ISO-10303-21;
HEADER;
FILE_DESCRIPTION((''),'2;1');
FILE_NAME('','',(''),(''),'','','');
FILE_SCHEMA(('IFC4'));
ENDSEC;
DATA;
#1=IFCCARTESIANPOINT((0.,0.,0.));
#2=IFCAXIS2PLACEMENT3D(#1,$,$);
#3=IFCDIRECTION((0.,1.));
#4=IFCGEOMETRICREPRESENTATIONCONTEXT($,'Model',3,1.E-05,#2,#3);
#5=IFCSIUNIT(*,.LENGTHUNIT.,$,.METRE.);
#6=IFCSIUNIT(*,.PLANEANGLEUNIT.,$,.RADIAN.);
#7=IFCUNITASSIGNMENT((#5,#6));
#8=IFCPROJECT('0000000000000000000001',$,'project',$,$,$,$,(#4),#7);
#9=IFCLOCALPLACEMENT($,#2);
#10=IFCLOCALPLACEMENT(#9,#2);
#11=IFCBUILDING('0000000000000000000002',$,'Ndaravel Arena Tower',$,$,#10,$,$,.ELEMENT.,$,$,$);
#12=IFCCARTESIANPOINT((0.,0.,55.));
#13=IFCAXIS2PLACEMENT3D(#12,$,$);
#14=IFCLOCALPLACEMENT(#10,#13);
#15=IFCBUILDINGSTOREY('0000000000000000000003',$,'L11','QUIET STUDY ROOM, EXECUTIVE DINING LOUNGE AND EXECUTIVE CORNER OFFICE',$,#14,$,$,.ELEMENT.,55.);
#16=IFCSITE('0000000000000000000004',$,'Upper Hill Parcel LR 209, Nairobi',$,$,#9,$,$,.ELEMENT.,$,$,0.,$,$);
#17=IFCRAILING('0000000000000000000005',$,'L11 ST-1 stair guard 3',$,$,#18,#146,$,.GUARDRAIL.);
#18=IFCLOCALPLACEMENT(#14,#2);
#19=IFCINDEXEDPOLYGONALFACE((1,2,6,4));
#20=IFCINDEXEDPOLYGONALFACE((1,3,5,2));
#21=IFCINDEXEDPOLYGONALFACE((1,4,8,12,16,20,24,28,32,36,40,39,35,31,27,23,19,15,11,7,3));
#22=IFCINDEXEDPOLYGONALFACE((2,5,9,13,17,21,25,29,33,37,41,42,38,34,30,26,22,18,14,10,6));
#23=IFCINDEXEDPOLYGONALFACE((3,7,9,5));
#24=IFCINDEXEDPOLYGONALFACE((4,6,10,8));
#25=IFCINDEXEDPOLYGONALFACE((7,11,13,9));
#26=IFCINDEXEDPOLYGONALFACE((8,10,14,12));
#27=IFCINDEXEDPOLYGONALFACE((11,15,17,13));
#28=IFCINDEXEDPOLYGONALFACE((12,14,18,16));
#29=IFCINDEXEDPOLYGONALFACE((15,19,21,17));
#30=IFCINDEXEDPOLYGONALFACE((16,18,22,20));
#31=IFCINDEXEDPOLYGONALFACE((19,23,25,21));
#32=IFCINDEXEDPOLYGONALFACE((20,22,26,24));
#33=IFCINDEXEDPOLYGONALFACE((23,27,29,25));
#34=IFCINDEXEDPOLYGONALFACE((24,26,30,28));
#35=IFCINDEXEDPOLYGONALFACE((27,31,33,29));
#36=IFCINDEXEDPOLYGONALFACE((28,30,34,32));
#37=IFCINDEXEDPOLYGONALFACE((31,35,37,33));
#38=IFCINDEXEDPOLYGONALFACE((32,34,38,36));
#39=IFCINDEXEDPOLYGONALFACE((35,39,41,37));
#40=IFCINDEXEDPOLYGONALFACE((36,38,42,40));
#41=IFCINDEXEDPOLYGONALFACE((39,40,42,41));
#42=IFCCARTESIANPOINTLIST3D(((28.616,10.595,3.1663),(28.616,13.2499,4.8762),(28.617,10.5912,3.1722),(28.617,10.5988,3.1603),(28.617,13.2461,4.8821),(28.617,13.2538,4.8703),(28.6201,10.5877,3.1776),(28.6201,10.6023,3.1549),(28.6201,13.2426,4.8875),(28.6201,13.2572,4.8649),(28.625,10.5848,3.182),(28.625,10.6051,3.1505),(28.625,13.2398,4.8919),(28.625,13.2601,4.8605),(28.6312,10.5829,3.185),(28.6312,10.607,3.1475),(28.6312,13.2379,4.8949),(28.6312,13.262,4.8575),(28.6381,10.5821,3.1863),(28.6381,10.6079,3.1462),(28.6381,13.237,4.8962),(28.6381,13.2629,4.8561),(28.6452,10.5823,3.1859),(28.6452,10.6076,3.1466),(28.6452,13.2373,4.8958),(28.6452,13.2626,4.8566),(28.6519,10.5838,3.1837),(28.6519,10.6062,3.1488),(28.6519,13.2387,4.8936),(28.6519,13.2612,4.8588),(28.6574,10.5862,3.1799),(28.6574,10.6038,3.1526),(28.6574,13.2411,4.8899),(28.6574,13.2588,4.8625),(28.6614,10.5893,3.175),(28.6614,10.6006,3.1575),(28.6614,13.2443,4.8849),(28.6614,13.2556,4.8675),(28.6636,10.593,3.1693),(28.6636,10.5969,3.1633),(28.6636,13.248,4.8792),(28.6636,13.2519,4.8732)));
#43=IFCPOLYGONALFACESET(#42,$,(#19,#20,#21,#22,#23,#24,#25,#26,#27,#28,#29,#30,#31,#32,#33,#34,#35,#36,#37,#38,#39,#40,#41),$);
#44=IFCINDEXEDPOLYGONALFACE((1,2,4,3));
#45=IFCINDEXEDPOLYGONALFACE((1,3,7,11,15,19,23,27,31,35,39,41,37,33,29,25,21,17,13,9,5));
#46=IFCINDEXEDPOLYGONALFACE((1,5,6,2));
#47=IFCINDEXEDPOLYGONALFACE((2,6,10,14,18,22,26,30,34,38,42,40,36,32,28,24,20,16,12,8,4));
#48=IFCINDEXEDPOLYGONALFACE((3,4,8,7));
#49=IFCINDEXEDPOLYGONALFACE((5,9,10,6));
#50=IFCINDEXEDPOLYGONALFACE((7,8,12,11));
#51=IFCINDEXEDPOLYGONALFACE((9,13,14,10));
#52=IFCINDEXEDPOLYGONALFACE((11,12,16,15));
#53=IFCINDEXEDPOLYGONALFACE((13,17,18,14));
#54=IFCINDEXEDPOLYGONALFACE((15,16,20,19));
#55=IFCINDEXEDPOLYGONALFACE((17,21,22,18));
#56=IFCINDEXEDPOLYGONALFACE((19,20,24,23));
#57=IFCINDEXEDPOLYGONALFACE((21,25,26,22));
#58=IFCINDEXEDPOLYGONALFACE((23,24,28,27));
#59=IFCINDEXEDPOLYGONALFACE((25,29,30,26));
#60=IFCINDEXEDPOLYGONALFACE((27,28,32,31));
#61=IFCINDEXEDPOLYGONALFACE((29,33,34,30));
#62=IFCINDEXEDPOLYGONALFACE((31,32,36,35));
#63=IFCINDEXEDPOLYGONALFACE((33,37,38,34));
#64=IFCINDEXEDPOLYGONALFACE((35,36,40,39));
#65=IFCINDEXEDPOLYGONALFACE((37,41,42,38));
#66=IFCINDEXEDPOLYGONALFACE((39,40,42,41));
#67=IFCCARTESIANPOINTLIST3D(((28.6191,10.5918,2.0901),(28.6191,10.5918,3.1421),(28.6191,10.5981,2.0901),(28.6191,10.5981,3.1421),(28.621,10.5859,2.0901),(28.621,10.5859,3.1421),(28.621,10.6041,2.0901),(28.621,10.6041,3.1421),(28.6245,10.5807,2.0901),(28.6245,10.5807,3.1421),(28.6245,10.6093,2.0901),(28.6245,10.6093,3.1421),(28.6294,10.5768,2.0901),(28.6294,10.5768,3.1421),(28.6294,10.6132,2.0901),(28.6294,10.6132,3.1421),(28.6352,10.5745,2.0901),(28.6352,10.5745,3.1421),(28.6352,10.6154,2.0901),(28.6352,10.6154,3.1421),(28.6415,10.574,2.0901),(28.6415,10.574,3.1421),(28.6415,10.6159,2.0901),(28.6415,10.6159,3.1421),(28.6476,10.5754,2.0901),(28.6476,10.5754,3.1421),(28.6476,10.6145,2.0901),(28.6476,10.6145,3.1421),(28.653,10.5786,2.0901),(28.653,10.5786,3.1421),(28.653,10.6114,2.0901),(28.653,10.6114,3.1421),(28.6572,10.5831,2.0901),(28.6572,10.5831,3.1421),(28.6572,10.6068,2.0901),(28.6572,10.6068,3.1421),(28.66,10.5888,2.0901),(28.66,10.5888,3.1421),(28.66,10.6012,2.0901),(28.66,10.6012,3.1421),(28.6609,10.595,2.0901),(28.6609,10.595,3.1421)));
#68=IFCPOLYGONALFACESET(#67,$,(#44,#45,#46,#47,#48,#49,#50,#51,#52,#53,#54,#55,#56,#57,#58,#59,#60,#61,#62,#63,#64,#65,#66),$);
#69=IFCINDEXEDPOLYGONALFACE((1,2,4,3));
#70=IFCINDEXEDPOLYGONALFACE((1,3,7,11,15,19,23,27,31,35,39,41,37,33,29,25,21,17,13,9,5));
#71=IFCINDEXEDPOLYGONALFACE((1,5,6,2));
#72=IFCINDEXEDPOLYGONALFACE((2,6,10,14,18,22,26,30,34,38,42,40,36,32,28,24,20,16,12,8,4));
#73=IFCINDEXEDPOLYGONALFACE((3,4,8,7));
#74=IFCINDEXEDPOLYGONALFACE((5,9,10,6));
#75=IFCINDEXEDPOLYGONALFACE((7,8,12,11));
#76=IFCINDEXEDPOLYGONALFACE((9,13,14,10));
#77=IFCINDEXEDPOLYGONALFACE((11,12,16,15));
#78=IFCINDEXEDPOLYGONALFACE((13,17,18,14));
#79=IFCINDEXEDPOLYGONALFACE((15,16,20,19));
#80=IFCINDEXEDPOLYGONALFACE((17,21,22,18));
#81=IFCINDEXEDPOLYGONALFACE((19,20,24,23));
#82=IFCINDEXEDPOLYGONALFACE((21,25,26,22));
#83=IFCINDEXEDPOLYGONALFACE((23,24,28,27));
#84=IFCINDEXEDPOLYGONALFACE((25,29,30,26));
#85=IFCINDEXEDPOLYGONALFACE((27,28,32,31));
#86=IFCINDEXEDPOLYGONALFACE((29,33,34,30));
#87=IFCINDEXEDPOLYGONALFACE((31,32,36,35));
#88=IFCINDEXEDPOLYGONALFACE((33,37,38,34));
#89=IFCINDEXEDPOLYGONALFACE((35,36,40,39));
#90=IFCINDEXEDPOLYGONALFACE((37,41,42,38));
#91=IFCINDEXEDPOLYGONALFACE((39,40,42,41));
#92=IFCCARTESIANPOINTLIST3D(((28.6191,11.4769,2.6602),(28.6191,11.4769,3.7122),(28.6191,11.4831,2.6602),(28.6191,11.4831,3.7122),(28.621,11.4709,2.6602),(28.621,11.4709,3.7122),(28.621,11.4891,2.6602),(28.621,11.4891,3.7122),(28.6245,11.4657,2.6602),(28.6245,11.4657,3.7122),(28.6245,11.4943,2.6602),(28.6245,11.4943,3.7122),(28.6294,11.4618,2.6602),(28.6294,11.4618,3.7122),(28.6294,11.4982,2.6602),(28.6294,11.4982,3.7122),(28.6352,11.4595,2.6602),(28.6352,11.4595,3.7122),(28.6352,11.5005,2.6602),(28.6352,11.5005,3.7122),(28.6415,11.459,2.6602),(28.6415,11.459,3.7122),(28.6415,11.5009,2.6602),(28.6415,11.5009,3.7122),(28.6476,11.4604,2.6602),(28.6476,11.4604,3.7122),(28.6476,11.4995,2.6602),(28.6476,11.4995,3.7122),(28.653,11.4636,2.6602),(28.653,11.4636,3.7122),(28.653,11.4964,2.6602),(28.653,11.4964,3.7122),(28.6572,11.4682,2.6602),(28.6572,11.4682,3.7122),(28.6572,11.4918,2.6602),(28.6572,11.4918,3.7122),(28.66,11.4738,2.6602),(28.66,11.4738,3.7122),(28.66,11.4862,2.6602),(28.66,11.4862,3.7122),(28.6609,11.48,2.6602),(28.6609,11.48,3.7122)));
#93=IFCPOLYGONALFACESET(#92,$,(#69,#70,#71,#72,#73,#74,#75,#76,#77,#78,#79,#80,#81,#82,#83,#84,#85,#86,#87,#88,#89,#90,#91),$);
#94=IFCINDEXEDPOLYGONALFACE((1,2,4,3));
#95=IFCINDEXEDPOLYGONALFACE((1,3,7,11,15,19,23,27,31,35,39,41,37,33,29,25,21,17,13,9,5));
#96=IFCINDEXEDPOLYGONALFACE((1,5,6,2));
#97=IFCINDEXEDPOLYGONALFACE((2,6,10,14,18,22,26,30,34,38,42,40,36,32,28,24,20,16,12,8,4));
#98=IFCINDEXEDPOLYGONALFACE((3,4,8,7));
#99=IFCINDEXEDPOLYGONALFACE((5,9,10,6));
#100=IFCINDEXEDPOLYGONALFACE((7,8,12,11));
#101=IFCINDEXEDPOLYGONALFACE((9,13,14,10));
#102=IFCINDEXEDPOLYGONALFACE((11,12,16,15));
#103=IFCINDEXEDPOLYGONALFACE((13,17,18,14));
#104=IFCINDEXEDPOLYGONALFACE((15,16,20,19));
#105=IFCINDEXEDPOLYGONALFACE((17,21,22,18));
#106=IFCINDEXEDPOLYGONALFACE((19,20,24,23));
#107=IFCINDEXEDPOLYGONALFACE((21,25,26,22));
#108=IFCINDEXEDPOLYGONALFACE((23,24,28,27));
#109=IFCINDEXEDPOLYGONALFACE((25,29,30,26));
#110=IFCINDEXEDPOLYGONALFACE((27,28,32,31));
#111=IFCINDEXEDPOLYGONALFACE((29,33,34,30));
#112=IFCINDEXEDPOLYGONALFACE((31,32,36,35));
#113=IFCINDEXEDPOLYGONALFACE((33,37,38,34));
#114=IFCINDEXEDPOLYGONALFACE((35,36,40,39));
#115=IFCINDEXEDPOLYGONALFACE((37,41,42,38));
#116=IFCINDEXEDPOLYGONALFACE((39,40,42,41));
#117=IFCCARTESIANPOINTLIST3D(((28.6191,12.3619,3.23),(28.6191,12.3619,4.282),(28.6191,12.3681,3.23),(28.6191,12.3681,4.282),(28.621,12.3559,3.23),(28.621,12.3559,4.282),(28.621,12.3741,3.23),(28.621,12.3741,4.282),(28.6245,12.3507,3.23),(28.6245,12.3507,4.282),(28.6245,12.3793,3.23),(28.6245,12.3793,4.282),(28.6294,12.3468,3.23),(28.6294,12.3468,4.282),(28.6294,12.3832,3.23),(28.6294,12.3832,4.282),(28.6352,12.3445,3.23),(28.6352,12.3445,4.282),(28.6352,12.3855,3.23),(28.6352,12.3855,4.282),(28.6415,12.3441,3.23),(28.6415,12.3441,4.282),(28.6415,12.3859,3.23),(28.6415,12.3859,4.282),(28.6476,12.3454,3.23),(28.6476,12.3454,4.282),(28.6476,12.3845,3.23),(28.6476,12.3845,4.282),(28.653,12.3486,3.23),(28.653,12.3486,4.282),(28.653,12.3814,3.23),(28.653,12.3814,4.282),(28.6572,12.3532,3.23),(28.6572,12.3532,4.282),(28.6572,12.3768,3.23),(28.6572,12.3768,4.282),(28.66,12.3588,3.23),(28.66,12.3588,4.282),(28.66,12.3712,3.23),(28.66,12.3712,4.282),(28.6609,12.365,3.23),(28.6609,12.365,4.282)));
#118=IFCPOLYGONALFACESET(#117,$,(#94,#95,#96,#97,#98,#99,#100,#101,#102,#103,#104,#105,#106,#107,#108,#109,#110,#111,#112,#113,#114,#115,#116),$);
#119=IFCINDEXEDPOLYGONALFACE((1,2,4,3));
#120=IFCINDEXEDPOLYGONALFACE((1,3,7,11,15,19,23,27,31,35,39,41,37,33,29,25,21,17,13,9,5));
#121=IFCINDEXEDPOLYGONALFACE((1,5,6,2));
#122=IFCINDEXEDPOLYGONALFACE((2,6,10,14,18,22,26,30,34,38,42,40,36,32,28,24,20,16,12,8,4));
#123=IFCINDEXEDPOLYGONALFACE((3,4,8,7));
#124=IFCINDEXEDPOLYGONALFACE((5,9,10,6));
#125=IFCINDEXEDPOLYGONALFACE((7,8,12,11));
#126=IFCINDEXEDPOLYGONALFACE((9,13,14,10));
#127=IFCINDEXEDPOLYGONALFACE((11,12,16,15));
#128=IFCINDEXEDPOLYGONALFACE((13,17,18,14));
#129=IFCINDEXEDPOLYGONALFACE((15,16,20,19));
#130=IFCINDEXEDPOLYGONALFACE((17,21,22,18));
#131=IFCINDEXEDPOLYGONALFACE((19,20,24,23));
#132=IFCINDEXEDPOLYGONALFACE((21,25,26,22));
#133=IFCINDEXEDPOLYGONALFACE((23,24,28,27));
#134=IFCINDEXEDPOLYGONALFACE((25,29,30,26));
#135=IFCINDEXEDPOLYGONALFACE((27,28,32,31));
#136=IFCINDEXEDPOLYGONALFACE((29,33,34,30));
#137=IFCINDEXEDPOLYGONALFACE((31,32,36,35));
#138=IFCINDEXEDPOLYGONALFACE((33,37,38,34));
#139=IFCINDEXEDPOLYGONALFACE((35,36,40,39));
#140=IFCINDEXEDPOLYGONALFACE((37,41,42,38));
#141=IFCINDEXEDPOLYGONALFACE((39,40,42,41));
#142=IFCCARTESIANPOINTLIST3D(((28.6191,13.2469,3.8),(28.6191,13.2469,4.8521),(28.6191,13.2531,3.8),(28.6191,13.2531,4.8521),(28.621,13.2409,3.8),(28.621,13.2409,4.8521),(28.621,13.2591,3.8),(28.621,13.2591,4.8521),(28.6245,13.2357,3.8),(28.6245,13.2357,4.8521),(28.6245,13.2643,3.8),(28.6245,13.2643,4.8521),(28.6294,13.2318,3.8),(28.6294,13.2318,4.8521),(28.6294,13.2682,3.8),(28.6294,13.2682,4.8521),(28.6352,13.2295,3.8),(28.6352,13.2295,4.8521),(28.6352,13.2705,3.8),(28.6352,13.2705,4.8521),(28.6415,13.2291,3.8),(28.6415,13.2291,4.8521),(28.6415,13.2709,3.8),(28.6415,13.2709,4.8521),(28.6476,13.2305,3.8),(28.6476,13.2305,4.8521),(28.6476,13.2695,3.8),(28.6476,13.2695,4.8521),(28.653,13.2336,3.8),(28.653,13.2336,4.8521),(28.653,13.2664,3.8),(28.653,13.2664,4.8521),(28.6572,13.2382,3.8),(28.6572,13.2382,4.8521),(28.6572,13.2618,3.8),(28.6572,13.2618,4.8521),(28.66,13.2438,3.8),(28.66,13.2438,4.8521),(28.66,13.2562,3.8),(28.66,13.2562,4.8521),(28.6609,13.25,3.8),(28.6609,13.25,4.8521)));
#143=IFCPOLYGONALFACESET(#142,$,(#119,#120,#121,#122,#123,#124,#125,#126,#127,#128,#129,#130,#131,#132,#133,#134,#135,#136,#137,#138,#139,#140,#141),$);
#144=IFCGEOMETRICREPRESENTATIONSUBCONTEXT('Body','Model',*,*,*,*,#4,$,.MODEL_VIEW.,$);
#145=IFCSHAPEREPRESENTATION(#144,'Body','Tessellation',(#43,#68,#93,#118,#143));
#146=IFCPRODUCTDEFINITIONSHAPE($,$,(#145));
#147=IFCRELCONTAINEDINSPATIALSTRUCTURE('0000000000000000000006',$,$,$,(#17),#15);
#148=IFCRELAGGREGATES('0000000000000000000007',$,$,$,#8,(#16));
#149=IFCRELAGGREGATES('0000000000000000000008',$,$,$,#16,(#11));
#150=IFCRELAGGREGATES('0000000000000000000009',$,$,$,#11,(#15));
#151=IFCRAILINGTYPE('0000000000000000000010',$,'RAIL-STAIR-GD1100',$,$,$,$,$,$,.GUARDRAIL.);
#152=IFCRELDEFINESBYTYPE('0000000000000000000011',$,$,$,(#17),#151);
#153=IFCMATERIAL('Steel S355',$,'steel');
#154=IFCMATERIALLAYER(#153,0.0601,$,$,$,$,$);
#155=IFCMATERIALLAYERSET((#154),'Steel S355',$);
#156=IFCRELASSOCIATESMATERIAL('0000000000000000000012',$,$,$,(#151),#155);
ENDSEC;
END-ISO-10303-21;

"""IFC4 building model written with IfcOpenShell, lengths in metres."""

from ifc_helpers import new_model, si_unit, direction, frame, origin, origin_2d, place, context, subcontext, project, spatial, circle, extrude, material, layer, layer_set, type_object, element, save


model = new_model("IFC4")

# Units and contexts
model_context = context("Model", 3, precision=1e-05, world=origin(), true_north=direction((0.0, 1.0)))
body_context = subcontext(model_context, "Body", "Model", "MODEL_VIEW")
ifc_project = project(units=[si_unit("LENGTHUNIT", "METRE"), si_unit("PLANEANGLEUNIT", "RADIAN")], contexts=[model_context])

# Site, building, storey
site_placement = place(None, origin())
site = spatial("IfcSite", under=ifc_project, at=site_placement, Name="Upper Hill Parcel LR 209, Nairobi", CompositionType="ELEMENT", RefElevation=0.0)
building_placement = place(site_placement, origin())
building = spatial("IfcBuilding", under=site, at=building_placement, Name="Ndaravel Arena Tower", CompositionType="ELEMENT")
storey_placement = place(building_placement, frame((0.0, 0.0, 55.0)))
storey = spatial("IfcBuildingStorey", under=building, at=storey_placement, Name="L11", Description="QUIET STUDY ROOM, EXECUTIVE DINING LOUNGE AND EXECUTIVE CORNER OFFICE", CompositionType="ELEMENT", Elevation=55.0)

# Railing
ifc_material_1 = material(Name="Steel S355", Category="steel")
ifc_layer_1 = layer(ifc_material_1, 0.0601)
ifc_layer_set_1 = layer_set([ifc_layer_1], Name="Steel S355")
railing_type_1 = type_object("IfcRailingType", Name="RAIL-STAIR-GD1100", PredefinedType="GUARDRAIL", material=ifc_layer_set_1)
railing_1_placement = place(storey_placement, frame((28.6399, 10.595, 2.0901)))
element("IfcRailing", 1, at=railing_1_placement, inside=storey, type_object=railing_type_1, Name="L11 ST-1 stair guard 3", PredefinedType="GUARDRAIL", context=body_context, shape_type="SweptSolid", body=[
    extrude(circle(Radius=0.0239, at=origin_2d()), frame((0.0, 0.0, 1.0762), z_axis=(0.0, 0.840724, 0.541465), x_axis=(-1.0, 0.0, 0.0)), (0.0, 0.0, 1.0), 3.158),
    extrude(circle(Radius=0.021, at=origin_2d()), origin(), (0.0, 0.0, 1.0), 1.052),
    extrude(circle(Radius=0.021, at=origin_2d()), frame((0.0, 0.885, 0.5701)), (0.0, 0.0, 1.0), 1.052),
    extrude(circle(Radius=0.021, at=origin_2d()), frame((0.0, 1.77, 1.1399)), (0.0, 0.0, 1.0), 1.052),
    extrude(circle(Radius=0.021, at=origin_2d()), frame((0.0, 2.655, 1.71)), (0.0, 0.0, 1.0), 1.052),
])

save(model, "model.ifc")
